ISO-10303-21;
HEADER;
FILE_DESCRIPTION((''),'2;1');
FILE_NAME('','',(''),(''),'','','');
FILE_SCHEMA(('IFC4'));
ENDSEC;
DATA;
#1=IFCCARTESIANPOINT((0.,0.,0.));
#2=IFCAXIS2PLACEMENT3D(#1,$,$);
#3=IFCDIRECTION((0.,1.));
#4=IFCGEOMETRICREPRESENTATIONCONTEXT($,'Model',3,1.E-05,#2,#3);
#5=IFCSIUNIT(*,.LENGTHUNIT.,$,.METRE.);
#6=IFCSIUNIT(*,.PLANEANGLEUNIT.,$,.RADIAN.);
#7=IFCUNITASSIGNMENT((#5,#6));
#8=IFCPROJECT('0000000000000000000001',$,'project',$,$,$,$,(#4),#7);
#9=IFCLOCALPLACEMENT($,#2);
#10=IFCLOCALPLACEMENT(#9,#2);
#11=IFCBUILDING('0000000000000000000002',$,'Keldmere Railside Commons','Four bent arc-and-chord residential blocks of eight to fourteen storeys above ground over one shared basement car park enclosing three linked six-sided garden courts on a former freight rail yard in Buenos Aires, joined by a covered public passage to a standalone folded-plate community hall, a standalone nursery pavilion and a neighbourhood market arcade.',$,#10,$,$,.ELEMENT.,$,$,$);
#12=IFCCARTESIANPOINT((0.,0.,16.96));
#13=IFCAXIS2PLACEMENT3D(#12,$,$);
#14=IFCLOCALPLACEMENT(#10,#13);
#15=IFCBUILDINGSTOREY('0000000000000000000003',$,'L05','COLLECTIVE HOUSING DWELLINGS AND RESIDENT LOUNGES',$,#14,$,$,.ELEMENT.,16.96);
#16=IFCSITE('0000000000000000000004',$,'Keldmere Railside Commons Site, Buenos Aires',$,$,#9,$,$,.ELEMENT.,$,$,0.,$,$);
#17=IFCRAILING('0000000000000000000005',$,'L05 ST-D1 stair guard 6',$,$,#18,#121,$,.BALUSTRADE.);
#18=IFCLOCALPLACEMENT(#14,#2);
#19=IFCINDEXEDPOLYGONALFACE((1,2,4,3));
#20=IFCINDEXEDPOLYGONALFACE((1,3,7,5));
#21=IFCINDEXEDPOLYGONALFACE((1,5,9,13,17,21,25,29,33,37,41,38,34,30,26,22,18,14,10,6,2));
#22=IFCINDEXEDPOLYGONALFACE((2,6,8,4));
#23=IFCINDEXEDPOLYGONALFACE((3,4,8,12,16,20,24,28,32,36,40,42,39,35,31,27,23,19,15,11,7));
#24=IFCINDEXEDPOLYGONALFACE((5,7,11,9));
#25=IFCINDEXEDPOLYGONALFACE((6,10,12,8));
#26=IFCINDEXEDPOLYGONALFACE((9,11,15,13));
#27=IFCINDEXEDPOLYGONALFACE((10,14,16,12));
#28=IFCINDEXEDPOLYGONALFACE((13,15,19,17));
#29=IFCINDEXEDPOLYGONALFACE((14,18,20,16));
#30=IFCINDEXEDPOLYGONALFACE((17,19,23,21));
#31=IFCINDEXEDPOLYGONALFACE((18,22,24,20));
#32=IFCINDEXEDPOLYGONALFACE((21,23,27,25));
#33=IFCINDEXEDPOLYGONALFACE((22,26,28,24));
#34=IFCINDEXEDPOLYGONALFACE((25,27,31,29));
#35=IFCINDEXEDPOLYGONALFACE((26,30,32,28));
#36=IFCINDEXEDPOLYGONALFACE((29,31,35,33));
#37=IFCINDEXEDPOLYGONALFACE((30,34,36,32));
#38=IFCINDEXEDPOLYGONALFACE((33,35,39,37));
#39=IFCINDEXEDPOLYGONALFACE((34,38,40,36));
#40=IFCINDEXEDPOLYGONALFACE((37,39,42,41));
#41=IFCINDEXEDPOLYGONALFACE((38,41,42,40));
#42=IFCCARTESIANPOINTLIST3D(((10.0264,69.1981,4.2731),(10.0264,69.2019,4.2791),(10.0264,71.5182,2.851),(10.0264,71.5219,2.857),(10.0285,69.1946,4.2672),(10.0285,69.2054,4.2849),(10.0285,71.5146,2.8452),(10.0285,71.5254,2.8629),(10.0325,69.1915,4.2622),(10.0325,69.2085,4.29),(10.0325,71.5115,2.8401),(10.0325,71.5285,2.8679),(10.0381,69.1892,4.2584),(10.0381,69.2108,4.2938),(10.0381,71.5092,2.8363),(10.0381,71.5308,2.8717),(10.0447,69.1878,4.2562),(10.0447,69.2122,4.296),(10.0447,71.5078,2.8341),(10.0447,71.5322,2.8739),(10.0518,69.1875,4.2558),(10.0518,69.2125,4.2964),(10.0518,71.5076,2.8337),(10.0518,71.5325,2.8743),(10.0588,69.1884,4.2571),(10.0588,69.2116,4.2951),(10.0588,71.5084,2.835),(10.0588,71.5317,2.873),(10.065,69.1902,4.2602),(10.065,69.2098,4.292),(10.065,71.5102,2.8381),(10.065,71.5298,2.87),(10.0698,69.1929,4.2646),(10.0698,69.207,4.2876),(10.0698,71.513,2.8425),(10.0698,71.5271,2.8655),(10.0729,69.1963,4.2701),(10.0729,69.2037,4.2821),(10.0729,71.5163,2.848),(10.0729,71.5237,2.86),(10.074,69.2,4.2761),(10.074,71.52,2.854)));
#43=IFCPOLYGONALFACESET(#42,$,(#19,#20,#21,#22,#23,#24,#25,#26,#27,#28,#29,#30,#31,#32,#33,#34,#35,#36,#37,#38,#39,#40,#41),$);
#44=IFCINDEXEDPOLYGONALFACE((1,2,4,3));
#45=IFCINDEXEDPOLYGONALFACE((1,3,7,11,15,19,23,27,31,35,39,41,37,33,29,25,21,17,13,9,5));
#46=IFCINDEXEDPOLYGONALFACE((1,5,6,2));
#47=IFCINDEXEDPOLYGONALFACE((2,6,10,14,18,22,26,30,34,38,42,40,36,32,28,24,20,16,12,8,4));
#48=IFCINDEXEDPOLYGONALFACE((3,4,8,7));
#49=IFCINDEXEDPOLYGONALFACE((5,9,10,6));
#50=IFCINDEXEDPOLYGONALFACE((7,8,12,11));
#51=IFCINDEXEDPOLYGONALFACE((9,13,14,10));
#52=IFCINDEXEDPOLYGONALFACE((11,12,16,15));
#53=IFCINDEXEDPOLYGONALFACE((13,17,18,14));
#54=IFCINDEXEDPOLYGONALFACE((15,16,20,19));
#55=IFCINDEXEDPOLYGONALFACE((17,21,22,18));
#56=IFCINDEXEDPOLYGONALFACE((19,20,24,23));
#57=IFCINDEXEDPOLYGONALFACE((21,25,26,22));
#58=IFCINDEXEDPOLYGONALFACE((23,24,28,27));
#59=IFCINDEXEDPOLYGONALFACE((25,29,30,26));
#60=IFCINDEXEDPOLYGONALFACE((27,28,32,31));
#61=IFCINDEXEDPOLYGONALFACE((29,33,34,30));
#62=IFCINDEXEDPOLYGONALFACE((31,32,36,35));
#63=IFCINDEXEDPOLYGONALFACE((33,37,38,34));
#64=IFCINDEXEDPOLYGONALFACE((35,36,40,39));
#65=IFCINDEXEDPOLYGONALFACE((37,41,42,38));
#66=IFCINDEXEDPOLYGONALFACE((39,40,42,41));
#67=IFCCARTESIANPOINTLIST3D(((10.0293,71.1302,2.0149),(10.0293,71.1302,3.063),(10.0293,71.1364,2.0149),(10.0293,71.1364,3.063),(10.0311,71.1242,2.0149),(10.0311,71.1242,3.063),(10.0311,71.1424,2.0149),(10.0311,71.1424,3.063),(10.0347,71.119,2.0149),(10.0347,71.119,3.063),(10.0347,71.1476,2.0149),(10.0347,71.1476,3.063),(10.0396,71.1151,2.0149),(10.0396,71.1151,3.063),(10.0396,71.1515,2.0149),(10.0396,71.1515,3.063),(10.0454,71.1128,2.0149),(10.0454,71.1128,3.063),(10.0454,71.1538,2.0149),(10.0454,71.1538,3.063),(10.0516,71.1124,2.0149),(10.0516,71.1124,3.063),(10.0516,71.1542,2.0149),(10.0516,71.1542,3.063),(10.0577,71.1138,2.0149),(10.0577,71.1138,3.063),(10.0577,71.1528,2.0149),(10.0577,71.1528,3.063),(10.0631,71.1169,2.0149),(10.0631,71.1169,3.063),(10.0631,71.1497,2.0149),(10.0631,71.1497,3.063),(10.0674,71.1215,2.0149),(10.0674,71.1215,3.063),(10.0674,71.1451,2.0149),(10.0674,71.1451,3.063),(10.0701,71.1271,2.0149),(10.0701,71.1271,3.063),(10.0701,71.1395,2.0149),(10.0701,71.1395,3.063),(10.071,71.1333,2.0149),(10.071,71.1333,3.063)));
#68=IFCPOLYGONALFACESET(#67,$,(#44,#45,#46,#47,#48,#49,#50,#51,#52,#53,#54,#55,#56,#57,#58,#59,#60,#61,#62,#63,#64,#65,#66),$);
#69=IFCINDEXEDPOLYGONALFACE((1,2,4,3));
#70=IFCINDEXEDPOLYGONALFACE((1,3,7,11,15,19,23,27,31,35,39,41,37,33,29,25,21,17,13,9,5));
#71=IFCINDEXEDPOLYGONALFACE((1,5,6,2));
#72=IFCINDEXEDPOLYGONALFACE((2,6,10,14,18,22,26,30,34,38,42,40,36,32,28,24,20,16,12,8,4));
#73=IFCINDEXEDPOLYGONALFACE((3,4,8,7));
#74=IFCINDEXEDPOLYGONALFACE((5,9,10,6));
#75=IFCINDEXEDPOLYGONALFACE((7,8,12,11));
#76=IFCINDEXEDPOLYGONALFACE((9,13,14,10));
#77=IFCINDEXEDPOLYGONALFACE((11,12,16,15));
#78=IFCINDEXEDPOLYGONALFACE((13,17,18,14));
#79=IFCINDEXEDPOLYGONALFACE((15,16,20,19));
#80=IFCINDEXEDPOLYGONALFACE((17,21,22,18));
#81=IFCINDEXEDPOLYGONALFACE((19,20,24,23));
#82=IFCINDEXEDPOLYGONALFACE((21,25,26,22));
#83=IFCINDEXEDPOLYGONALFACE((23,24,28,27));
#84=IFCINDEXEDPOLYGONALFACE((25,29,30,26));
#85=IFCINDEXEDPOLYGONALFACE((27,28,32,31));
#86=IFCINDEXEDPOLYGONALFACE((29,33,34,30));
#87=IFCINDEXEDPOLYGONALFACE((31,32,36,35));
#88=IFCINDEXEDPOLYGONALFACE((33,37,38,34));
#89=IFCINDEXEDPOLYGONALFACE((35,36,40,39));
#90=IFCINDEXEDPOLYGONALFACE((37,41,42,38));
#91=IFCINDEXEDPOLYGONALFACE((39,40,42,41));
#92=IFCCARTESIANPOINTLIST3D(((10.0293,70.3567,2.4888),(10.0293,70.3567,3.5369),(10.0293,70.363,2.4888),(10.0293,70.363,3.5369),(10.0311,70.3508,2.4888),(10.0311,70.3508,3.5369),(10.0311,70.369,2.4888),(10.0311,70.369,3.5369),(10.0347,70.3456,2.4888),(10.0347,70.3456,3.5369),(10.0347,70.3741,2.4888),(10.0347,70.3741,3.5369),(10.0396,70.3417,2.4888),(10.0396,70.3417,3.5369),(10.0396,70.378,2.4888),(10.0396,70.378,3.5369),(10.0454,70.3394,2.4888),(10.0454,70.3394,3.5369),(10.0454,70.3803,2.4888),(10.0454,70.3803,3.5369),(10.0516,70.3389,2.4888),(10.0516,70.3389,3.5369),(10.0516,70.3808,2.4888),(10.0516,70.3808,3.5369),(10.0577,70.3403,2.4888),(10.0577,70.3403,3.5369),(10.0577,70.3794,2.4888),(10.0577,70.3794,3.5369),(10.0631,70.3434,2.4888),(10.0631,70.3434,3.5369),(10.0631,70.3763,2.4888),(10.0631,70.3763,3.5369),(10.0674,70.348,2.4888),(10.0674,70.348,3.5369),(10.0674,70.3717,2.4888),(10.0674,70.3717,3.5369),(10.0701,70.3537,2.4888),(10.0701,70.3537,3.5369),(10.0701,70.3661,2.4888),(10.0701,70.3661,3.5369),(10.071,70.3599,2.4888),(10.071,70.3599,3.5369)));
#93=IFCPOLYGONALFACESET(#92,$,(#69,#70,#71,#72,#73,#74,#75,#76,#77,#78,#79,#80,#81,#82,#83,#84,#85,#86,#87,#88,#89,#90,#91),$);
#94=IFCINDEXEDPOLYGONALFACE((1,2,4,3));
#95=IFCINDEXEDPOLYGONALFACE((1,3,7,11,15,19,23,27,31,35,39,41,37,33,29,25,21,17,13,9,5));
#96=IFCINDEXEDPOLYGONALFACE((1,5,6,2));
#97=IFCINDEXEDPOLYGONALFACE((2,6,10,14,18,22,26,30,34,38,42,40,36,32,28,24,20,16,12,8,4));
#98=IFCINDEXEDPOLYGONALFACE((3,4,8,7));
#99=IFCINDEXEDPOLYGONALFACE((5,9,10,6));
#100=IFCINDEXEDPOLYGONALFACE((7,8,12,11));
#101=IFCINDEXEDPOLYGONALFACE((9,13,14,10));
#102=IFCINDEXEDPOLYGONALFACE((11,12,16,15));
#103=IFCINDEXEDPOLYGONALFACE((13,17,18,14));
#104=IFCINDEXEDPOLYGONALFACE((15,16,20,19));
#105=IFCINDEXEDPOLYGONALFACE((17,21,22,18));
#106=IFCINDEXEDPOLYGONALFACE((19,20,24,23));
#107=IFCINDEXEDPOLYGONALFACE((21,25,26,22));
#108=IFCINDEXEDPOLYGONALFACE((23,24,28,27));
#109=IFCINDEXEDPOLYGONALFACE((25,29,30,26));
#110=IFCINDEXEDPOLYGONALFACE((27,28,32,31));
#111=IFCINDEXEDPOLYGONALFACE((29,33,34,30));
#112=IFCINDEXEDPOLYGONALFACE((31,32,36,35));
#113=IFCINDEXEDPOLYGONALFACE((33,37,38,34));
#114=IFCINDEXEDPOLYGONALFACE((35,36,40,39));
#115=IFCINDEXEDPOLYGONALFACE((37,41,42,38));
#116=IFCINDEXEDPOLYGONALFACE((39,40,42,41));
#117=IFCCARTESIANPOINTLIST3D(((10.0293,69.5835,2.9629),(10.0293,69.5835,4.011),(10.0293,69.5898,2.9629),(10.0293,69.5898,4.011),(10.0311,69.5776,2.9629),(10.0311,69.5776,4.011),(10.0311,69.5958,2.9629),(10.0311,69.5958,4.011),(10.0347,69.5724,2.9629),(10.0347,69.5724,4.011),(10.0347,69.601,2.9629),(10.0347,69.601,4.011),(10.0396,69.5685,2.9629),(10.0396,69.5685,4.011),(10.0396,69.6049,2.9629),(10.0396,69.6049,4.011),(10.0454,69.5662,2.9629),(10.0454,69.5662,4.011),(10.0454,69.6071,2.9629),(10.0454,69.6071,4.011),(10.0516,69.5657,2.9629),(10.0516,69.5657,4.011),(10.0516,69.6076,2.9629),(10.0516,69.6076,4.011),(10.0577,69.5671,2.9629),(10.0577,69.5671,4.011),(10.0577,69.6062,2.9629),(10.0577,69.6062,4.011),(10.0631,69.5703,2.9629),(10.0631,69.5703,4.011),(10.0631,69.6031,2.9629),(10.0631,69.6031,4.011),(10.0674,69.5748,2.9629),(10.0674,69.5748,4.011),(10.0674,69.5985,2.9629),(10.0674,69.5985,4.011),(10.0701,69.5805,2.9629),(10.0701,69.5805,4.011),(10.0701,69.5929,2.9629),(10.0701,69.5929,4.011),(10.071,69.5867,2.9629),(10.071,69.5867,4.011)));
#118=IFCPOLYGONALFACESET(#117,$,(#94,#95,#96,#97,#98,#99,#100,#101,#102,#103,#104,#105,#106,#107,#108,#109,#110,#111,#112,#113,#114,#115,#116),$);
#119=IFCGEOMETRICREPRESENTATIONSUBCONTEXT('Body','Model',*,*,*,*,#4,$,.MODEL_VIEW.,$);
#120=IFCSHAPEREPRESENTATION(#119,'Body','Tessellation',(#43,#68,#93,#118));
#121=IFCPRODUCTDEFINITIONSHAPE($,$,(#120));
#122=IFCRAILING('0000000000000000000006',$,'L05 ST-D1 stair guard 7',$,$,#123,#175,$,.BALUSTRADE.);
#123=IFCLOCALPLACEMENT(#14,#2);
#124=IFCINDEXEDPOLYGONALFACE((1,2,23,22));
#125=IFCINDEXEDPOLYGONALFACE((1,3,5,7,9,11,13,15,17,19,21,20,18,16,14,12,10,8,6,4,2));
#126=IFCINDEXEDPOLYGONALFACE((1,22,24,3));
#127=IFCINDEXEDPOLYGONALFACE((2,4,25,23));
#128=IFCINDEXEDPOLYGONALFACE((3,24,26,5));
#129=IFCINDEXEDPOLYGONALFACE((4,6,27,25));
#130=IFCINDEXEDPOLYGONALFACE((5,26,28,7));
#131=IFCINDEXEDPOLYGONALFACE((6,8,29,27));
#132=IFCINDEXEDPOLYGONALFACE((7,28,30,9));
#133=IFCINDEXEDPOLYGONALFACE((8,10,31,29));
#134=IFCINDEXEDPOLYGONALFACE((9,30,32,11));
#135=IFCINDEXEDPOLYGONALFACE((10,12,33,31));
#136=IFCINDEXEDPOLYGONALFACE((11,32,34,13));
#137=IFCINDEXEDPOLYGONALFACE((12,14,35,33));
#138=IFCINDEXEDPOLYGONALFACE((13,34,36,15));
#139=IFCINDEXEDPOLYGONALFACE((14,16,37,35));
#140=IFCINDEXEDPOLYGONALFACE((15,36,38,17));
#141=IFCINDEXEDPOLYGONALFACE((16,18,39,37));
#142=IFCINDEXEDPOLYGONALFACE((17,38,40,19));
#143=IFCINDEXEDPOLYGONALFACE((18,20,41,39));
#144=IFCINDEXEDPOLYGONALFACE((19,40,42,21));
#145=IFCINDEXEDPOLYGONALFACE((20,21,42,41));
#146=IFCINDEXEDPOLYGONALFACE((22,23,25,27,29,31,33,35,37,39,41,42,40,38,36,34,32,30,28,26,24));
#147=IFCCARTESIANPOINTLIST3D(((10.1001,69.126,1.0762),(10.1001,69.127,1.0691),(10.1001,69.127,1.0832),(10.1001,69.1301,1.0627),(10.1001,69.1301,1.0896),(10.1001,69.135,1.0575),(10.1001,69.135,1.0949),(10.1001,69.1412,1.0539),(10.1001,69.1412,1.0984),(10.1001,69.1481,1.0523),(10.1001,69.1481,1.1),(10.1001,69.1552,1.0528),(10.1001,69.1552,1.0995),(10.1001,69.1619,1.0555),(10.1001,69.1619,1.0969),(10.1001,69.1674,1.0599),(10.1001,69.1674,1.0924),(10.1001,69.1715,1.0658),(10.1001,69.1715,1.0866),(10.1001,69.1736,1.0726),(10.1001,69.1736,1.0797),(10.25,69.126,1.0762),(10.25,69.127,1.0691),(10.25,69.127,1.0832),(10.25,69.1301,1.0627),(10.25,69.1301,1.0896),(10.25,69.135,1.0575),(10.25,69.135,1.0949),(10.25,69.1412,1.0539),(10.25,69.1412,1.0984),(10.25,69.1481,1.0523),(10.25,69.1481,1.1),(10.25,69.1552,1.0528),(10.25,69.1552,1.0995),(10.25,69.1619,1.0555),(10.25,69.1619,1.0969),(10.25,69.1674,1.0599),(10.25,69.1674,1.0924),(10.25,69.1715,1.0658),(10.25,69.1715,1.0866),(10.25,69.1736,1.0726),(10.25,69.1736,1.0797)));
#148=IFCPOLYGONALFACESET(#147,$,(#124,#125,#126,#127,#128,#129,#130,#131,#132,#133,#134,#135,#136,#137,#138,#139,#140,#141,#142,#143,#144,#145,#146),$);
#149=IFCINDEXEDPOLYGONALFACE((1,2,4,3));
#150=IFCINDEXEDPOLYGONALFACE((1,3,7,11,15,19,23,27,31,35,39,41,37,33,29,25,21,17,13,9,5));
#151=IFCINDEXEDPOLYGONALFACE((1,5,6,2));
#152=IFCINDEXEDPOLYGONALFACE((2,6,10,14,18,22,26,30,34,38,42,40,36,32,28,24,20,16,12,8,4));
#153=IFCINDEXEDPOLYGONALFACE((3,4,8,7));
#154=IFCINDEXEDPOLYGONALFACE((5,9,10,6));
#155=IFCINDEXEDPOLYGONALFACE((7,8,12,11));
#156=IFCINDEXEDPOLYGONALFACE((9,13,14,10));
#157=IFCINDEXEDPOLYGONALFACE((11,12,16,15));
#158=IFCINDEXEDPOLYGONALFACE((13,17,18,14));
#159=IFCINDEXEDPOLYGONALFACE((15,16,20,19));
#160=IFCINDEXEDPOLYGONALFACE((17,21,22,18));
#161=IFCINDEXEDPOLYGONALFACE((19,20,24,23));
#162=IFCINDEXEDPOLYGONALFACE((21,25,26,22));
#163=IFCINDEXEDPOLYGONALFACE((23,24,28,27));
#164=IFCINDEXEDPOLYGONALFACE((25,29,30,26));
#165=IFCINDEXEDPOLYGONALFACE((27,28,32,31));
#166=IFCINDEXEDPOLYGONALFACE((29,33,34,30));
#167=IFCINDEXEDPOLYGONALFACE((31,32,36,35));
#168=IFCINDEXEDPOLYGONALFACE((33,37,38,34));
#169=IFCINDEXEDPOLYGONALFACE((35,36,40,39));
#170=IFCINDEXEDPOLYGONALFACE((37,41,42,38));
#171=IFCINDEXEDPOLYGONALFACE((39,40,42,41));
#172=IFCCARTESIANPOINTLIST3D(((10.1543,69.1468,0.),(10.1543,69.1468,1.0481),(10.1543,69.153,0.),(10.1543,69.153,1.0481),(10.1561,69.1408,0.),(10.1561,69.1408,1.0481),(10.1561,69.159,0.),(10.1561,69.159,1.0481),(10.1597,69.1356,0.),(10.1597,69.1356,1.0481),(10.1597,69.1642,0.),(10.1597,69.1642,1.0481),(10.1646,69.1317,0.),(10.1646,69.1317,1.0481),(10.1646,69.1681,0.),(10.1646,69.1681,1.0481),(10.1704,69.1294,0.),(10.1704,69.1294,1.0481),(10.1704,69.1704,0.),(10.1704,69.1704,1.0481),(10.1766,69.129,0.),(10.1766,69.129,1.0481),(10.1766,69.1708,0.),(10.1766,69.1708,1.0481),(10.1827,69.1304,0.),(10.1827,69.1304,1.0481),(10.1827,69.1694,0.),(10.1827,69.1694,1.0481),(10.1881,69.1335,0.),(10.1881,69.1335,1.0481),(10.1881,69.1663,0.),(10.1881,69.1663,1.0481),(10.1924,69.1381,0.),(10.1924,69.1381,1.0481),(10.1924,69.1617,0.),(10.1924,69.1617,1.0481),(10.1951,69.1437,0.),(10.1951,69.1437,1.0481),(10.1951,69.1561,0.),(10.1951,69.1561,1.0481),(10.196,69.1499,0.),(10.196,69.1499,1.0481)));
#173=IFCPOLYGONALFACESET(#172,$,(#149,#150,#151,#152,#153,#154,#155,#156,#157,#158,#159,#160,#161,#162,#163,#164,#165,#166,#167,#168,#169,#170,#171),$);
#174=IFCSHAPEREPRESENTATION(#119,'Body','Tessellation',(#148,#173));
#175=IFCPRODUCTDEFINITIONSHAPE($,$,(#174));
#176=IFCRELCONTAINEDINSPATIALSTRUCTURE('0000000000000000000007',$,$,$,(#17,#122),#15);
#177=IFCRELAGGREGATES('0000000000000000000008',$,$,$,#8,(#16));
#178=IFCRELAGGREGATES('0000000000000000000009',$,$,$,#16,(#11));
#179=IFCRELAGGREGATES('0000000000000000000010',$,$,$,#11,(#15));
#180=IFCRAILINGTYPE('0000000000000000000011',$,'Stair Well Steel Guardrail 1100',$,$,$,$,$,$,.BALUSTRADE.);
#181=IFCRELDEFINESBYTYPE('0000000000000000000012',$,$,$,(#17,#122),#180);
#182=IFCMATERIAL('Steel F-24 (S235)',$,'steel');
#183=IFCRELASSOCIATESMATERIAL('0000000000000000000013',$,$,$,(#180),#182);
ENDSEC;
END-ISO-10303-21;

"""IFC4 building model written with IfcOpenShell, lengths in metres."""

from ifc_helpers import new_model, si_unit, direction, frame, origin, origin_2d, place, context, subcontext, project, spatial, circle, extrude, material, type_object, element, save


model = new_model("IFC4")

# Units and contexts
model_context = context("Model", 3, precision=1e-05, world=origin(), true_north=direction((0.0, 1.0)))
body_context = subcontext(model_context, "Body", "Model", "MODEL_VIEW")
ifc_project = project(units=[si_unit("LENGTHUNIT", "METRE"), si_unit("PLANEANGLEUNIT", "RADIAN")], contexts=[model_context])

# Site, building, storey
site_placement = place(None, origin())
site = spatial("IfcSite", under=ifc_project, at=site_placement, Name="Keldmere Railside Commons Site, Buenos Aires", CompositionType="ELEMENT", RefElevation=0.0)
building_placement = place(site_placement, origin())
building = spatial("IfcBuilding", under=site, at=building_placement, Name="Keldmere Railside Commons", Description="Four bent arc-and-chord residential blocks of eight to fourteen storeys above ground over one shared basement car park enclosing three linked six-sided garden courts on a former freight rail yard in Buenos Aires, joined by a covered public passage to a standalone folded-plate community hall, a standalone nursery pavilion and a neighbourhood market arcade.", CompositionType="ELEMENT")
storey_placement = place(building_placement, frame((0.0, 0.0, 16.96)))
storey = spatial("IfcBuildingStorey", under=building, at=storey_placement, Name="L05", Description="COLLECTIVE HOUSING DWELLINGS AND RESIDENT LOUNGES", CompositionType="ELEMENT", Elevation=16.96)

# Railings
ifc_material_1 = material(Name="Steel F-24 (S235)", Category="steel")
railing_type_1 = type_object("IfcRailingType", Name="Stair Well Steel Guardrail 1100", PredefinedType="BALUSTRADE", material=ifc_material_1)
railing_1_placement = place(storey_placement, frame((10.05, 71.52, 1.7778)))
element("IfcRailing", 1, at=railing_1_placement, inside=storey, type_object=railing_type_1, Name="L05 ST-D1 stair guard 6", PredefinedType="BALUSTRADE", context=body_context, shape_type="SweptSolid", body=[
    extrude(circle(Radius=0.0239, at=origin_2d()), frame((0.0, 0.0, 1.0762), z_axis=(0.0, -0.852578, 0.5226), x_axis=(1.0, 0.0, 0.0)), (0.0, 0.0, 1.0), 2.7212),
    extrude(circle(Radius=0.021, at=origin_2d()), frame((0.0, -0.3867, 0.2371)), (0.0, 0.0, 1.0), 1.0481),
    extrude(circle(Radius=0.021, at=origin_2d()), frame((0.0, -1.1602, 0.7109)), (0.0, 0.0, 1.0), 1.0481),
    extrude(circle(Radius=0.021, at=origin_2d()), frame((0.0, -1.9333, 1.1851)), (0.0, 0.0, 1.0), 1.0481),
])
railing_2_placement = place(storey_placement, frame((10.25, 69.1499, 0.0)))
element("IfcRailing", 2, at=railing_2_placement, inside=storey, type_object=railing_type_1, Name="L05 ST-D1 stair guard 7", PredefinedType="BALUSTRADE", context=body_context, shape_type="SweptSolid", body=[
    extrude(circle(Radius=0.0239, at=origin_2d()), frame((0.0, 0.0, 1.0762), z_axis=(-1.0, 0.0, 0.0), x_axis=(0.0, -1.0, 0.0)), (0.0, 0.0, 1.0), 0.1499),
    extrude(circle(Radius=0.021, at=origin_2d()), frame((-0.075, 0.0, 0.0)), (0.0, 0.0, 1.0), 1.0481),
])

save(model, "model.ifc")
